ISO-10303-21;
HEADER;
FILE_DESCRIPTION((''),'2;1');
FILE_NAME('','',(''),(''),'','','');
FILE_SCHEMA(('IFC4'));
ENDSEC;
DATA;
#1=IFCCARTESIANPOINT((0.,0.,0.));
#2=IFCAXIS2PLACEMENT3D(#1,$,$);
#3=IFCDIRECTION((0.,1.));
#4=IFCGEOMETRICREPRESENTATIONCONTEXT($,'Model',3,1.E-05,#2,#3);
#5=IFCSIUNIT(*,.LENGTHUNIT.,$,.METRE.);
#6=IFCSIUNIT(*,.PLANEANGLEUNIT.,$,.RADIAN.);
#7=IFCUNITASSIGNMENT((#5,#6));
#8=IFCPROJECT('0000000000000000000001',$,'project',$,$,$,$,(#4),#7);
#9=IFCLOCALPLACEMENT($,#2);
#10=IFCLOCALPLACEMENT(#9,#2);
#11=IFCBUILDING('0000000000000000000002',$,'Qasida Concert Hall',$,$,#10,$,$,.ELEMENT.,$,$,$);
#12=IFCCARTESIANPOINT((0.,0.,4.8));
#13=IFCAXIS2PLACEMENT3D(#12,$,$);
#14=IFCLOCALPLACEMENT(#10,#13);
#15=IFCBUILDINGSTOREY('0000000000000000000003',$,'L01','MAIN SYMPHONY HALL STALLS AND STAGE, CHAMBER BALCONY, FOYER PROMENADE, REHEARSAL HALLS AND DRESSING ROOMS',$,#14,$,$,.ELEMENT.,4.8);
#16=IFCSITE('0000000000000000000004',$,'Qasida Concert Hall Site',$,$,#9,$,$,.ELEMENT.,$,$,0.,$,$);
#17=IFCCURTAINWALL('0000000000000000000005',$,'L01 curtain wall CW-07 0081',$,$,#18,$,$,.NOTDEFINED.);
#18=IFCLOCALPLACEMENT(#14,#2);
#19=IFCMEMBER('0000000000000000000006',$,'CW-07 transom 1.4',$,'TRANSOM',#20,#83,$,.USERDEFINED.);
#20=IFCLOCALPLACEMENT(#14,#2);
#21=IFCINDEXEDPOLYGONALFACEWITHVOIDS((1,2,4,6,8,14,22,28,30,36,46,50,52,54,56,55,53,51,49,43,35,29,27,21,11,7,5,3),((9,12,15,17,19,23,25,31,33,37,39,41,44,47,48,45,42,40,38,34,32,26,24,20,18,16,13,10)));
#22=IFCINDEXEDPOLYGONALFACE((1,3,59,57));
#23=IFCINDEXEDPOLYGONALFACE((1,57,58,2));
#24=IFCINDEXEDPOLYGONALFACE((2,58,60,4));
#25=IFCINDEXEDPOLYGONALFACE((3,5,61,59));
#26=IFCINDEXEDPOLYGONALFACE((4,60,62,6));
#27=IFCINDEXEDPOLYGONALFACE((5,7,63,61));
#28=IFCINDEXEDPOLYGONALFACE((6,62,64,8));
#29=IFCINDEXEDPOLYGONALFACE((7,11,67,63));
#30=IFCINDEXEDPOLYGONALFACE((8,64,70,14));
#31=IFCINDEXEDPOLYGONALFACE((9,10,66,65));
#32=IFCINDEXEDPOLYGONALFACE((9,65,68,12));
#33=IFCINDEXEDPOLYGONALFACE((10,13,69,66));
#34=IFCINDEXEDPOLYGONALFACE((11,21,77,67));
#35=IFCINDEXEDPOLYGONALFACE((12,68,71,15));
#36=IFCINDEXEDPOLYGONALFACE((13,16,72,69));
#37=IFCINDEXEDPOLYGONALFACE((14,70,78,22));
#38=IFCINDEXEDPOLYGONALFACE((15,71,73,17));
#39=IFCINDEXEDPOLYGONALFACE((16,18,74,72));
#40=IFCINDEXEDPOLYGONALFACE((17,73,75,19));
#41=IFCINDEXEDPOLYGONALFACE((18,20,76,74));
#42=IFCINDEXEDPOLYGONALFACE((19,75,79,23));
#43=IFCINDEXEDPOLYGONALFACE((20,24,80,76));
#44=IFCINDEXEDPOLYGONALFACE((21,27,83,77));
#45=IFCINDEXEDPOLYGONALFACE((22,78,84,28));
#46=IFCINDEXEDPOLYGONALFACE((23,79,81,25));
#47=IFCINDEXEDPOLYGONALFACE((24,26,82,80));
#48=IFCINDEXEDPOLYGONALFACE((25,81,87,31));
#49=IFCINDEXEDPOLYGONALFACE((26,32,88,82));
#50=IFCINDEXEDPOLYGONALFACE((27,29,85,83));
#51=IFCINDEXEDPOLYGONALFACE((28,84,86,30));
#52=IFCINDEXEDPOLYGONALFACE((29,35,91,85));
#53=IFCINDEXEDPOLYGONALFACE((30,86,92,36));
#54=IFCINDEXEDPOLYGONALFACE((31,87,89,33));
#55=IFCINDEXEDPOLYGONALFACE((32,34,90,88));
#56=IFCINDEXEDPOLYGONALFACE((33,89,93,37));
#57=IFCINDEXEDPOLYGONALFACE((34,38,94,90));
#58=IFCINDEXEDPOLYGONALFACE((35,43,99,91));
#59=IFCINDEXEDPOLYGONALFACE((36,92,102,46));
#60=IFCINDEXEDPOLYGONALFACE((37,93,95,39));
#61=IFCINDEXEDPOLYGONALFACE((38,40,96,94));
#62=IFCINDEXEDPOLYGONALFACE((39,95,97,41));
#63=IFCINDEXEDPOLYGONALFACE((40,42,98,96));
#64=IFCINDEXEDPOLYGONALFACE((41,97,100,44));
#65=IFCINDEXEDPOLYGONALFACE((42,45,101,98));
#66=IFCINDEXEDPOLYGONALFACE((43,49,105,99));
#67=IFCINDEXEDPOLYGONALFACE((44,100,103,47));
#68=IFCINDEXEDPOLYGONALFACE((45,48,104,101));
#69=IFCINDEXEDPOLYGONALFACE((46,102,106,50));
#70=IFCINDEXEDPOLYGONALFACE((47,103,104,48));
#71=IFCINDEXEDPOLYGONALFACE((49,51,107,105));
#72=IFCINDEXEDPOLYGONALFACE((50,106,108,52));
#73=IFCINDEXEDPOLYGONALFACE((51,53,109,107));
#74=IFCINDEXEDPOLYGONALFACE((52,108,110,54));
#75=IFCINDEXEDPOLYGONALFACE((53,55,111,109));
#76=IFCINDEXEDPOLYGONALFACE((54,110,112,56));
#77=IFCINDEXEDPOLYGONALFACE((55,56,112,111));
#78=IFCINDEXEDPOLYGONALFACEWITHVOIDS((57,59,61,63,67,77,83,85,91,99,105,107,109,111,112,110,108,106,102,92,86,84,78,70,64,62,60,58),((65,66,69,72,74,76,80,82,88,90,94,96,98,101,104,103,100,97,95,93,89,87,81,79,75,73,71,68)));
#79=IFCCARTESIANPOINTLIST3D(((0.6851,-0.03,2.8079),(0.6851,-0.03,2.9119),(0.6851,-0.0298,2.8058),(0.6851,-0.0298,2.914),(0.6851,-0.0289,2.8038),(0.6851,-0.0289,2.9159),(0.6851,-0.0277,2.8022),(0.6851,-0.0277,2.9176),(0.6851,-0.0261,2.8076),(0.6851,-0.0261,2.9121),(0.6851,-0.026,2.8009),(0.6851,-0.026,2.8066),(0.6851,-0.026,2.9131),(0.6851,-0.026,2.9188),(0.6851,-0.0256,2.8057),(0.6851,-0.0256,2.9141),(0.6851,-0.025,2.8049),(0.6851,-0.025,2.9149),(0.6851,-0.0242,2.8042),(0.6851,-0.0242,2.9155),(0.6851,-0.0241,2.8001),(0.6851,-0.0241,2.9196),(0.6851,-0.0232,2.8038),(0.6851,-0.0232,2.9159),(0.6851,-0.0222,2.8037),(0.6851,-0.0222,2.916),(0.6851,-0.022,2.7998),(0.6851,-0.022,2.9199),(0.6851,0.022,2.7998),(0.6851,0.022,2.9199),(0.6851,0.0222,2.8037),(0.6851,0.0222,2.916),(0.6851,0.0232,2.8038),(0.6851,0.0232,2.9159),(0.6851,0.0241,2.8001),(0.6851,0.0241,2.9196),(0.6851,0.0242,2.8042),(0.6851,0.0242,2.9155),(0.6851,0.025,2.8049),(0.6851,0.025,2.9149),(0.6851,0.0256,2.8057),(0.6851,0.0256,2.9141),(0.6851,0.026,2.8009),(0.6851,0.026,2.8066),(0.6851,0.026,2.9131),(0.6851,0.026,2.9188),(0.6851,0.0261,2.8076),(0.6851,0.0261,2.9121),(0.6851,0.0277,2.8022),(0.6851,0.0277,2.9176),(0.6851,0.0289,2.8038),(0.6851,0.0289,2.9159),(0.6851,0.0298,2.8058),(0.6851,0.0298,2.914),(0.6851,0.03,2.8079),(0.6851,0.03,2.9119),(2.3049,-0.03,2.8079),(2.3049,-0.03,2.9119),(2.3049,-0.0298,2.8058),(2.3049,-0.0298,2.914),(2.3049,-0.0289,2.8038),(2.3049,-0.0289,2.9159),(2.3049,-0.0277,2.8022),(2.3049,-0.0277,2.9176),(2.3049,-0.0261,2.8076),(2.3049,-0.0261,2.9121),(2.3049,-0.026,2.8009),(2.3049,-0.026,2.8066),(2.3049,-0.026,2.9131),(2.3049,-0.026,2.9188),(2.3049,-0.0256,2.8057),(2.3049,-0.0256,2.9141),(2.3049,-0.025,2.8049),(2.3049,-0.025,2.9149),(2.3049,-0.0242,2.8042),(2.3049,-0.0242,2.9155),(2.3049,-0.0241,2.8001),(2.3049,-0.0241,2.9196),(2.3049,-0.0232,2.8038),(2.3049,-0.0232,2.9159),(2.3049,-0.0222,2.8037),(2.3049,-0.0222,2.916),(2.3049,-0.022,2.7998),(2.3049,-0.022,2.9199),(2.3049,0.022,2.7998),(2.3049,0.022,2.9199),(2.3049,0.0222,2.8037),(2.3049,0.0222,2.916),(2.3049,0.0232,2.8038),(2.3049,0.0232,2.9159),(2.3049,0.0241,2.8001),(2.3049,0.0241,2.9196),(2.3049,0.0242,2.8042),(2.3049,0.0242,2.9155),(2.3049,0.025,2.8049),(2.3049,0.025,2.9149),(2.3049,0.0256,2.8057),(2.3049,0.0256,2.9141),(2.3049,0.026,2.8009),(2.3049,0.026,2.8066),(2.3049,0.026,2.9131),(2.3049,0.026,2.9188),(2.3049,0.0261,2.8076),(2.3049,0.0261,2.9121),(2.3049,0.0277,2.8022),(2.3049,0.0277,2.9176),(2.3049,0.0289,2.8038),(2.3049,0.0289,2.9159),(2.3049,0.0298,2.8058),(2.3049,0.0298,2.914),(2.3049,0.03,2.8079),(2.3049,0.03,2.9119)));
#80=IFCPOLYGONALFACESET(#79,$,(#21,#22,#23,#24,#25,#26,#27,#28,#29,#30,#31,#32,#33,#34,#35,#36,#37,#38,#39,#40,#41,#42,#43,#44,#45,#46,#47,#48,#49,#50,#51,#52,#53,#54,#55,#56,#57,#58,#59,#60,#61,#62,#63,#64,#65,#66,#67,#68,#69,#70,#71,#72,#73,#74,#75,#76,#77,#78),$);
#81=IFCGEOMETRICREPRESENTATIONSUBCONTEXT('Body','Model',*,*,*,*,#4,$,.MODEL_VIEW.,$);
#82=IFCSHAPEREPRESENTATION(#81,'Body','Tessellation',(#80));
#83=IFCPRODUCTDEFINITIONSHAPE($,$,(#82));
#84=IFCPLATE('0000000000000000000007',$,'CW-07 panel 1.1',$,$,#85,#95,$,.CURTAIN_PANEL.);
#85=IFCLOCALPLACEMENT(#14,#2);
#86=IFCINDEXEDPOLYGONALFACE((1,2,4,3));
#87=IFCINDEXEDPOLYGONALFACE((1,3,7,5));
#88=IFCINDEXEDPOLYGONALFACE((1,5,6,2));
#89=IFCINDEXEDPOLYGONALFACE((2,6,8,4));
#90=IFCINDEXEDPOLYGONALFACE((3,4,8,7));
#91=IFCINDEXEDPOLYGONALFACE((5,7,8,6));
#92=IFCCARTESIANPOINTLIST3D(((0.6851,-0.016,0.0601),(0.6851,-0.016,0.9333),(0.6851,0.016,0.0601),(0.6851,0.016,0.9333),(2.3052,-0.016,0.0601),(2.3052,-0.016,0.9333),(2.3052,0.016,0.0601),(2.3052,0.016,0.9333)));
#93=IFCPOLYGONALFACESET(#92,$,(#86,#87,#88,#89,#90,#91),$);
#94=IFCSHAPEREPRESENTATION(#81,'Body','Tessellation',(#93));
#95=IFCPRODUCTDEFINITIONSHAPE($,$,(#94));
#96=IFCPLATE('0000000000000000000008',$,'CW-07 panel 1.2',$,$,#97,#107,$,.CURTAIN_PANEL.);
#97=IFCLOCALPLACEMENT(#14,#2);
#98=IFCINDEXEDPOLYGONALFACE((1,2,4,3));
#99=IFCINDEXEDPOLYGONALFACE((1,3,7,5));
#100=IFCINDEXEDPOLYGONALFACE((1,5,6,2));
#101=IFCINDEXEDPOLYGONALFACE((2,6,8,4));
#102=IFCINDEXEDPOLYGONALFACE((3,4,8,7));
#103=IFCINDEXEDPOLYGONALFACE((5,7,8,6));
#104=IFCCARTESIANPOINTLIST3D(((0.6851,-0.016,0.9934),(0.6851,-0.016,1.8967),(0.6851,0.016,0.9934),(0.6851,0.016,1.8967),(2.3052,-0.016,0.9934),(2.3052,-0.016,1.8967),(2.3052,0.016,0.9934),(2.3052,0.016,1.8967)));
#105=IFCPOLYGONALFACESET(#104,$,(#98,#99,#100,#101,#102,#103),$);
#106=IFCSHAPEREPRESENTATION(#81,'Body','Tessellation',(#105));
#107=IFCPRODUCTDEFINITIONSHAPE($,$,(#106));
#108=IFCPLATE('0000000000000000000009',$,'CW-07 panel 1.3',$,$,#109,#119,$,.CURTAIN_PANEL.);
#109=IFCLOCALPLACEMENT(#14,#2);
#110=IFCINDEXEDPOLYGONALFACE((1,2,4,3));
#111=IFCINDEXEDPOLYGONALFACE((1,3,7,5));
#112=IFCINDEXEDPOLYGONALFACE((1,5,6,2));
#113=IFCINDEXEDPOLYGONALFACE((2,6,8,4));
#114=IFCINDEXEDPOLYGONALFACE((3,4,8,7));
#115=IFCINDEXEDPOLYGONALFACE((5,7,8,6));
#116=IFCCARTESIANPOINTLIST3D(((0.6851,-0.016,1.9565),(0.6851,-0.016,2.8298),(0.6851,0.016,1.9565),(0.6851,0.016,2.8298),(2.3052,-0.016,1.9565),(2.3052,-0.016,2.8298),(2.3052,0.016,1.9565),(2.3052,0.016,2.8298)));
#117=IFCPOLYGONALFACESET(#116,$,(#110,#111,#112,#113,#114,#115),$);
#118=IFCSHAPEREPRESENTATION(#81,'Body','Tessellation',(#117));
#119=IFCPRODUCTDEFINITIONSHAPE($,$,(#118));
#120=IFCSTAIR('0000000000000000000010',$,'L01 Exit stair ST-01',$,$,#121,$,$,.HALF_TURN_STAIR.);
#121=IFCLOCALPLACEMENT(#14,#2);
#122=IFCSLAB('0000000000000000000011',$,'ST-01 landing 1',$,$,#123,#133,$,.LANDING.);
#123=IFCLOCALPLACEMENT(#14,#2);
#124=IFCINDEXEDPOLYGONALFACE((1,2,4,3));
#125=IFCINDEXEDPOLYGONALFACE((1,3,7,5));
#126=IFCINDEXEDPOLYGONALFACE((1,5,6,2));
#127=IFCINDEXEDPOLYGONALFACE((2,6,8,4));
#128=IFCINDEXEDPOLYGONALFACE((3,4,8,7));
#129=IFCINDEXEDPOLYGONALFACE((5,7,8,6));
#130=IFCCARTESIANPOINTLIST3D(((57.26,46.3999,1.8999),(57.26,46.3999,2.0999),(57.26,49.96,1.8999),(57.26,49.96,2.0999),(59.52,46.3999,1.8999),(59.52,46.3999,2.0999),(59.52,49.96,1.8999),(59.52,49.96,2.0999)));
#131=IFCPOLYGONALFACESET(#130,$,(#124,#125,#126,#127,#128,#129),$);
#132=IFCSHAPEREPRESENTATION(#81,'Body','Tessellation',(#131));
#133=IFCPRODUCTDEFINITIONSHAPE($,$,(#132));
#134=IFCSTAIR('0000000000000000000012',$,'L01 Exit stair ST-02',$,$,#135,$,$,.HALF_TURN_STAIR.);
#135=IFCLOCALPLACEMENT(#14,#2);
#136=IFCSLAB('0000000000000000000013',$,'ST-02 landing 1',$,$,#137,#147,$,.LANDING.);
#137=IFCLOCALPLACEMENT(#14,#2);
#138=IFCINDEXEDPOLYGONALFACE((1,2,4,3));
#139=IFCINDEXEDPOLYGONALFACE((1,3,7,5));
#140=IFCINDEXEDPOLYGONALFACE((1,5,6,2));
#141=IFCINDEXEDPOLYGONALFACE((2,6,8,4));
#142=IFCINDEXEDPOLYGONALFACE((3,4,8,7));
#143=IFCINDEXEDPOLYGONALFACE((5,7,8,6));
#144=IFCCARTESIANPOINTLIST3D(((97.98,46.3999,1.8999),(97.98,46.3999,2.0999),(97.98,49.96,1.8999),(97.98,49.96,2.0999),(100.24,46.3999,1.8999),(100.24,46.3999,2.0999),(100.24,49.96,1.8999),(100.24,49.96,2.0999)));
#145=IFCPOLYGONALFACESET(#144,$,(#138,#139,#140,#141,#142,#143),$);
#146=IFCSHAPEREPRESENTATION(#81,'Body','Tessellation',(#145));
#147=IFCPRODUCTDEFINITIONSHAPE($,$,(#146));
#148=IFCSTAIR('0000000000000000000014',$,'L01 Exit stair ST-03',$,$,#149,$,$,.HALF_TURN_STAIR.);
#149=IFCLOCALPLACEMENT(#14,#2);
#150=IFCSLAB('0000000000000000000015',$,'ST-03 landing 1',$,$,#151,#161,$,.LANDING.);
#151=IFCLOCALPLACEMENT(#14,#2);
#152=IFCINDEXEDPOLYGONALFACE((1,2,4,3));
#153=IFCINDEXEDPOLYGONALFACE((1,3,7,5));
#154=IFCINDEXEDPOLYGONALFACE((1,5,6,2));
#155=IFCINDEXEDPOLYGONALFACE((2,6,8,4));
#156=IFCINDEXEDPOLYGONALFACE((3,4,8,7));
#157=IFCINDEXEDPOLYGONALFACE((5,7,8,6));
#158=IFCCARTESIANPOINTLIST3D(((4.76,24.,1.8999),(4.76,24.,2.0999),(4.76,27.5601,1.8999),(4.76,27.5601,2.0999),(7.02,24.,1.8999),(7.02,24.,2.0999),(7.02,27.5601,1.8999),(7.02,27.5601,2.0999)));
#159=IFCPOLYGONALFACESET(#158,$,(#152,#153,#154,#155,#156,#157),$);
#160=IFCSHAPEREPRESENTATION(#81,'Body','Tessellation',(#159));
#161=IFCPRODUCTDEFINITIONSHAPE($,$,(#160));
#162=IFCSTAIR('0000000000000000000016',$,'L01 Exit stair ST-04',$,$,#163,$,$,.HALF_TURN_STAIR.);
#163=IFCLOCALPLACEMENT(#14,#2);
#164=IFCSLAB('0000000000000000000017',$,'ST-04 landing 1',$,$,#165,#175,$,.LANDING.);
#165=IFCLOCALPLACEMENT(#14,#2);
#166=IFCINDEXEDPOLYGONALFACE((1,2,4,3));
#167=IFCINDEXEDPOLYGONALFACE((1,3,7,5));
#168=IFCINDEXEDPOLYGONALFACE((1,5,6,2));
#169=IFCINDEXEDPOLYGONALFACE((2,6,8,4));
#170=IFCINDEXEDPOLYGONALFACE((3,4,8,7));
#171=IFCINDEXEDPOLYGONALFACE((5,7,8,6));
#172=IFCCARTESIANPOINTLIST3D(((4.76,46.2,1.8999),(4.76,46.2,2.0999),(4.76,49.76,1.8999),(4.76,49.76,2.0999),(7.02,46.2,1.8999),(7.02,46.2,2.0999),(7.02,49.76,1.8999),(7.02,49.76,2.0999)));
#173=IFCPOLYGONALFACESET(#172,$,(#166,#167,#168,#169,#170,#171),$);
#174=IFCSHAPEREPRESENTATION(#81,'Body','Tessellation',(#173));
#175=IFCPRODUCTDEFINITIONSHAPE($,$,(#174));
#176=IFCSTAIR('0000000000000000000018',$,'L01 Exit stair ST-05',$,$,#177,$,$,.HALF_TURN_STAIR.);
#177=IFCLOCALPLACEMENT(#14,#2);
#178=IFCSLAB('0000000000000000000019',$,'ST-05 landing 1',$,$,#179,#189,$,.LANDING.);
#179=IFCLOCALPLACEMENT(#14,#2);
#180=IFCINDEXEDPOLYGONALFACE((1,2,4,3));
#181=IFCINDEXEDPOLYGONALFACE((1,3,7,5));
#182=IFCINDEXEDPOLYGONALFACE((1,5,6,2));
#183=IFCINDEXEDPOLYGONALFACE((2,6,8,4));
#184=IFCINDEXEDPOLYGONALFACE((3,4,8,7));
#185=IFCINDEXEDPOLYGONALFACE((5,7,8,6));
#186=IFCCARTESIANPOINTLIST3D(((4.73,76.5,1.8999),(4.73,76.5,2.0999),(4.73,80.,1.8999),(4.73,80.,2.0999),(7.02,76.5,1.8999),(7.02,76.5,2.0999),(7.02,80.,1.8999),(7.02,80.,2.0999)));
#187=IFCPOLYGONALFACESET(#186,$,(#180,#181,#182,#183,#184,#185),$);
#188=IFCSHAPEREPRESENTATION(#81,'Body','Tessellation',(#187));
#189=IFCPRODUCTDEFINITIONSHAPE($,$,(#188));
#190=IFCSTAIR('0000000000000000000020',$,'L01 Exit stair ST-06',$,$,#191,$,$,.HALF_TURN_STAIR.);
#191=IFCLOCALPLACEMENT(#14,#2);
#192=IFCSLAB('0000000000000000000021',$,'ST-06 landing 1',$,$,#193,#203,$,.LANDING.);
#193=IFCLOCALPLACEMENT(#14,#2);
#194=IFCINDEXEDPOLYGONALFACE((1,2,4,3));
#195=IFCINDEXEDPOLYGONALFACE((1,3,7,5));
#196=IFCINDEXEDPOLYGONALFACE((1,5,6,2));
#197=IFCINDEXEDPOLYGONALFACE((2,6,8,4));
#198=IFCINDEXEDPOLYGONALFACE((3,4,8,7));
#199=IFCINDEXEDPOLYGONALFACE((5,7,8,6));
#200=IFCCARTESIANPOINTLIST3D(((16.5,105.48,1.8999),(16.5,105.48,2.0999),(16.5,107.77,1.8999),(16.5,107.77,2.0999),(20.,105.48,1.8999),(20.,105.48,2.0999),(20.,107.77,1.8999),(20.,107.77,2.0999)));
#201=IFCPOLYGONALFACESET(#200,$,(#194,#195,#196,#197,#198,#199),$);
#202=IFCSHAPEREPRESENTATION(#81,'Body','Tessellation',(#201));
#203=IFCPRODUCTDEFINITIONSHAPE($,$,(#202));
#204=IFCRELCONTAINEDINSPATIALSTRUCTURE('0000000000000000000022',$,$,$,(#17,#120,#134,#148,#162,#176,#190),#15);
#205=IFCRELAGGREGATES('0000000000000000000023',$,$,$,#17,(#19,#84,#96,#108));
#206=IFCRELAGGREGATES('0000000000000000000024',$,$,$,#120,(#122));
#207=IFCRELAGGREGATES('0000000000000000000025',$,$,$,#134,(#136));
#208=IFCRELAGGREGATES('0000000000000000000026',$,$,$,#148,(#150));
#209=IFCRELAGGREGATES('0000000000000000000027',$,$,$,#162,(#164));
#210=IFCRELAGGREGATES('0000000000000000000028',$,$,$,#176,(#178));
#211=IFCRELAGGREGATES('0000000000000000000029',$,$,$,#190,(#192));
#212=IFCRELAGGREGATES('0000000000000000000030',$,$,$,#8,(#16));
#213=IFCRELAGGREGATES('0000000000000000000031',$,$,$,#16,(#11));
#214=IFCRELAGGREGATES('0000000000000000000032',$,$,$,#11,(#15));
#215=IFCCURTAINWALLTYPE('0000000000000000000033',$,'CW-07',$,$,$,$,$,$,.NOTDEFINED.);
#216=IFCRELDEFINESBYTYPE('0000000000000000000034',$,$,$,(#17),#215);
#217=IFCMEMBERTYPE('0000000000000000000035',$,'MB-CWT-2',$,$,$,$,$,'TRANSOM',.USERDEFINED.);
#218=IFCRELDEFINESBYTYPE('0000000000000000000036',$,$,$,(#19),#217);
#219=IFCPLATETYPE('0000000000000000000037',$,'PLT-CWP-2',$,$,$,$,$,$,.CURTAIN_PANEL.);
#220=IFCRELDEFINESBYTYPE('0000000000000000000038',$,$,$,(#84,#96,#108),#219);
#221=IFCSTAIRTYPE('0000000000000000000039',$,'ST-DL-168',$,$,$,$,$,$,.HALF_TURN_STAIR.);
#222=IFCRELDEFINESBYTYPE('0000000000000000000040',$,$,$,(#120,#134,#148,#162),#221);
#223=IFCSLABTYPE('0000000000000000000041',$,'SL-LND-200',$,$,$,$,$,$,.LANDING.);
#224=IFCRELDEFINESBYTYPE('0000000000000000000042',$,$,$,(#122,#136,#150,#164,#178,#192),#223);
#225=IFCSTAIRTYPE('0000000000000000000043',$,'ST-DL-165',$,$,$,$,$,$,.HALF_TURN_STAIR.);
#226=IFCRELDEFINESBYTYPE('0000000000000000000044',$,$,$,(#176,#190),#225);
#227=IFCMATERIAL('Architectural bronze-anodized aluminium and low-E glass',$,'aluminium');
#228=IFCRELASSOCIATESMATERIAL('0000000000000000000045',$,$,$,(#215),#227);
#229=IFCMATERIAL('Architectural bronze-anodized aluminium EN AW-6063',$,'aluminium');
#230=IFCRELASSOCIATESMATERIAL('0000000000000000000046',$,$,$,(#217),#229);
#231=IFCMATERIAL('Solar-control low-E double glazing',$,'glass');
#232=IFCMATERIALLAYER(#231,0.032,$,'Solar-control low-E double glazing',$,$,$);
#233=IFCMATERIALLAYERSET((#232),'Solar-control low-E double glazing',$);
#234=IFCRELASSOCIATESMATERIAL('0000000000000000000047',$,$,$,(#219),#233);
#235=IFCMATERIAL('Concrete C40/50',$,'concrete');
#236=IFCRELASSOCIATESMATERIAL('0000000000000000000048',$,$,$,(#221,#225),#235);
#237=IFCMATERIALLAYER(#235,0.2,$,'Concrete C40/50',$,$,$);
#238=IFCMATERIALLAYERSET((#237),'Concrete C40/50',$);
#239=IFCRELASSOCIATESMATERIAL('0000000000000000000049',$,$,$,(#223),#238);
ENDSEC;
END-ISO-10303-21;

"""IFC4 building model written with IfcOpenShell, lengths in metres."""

from ifc_helpers import new_model, si_unit, direction, frame, origin, origin_2d, place, context, subcontext, project, spatial, polyline, rectangle, hollow_rectangle, outline, extrude, material, layer, layer_set, material_profile, profile_set, type_object, element, aggregate, save


model = new_model("IFC4")

# Units and contexts
model_context = context("Model", 3, precision=1e-05, world=origin(), true_north=direction((0.0, 1.0)))
body_context = subcontext(model_context, "Body", "Model", "MODEL_VIEW")
ifc_project = project(units=[si_unit("LENGTHUNIT", "METRE"), si_unit("PLANEANGLEUNIT", "RADIAN")], contexts=[model_context])

# Site, building, storey
site_placement = place(None, origin())
site = spatial("IfcSite", under=ifc_project, at=site_placement, Name="Qasida Concert Hall Site", CompositionType="ELEMENT", RefElevation=0.0)
building_placement = place(site_placement, origin())
building = spatial("IfcBuilding", under=site, at=building_placement, Name="Qasida Concert Hall", CompositionType="ELEMENT")
storey_placement = place(building_placement, frame((0.0, 0.0, 4.8)))
storey = spatial("IfcBuildingStorey", under=building, at=storey_placement, Name="L01", Description="MAIN SYMPHONY HALL STALLS AND STAGE, CHAMBER BALCONY, FOYER PROMENADE, REHEARSAL HALLS AND DRESSING ROOMS", CompositionType="ELEMENT", Elevation=4.8)

# Shared definitions
ifc_material_1 = material(Name="Concrete C40/50", Category="concrete")

# Curtain wall, member, plates
ifc_material_2 = material(Name="Architectural bronze-anodized aluminium and low-E glass", Category="aluminium")
curtain_wall_type = type_object("IfcCurtainWallType", Name="CW-07", PredefinedType="NOTDEFINED", material=ifc_material_2)
curtain_wall_placement = place(storey_placement, origin())
curtain_wall = element("IfcCurtainWall", 1, at=curtain_wall_placement, inside=storey, type_object=curtain_wall_type, Name="L01 curtain wall CW-07 0081", PredefinedType="NOTDEFINED")
ifc_material_3 = material(Name="Architectural bronze-anodized aluminium EN AW-6063", Category="aluminium")
ifc_material_profile_1 = material_profile(ifc_material_3, hollow_rectangle(XDim=0.0601, YDim=0.1201, WallThickness=0.0039, InnerFilletRadius=0.0039, OuterFilletRadius=0.0081, at=origin_2d()), Name="CWT 120x60x4")
ifc_profile_set_1 = profile_set([ifc_material_profile_1], Name="Architectural bronze-anodized aluminium EN AW-6063")
member_type_1 = type_object("IfcMemberType", Name="MB-CWT-2", ElementType="TRANSOM", PredefinedType="USERDEFINED", material=ifc_profile_set_1)
member_1_placement = place(storey_placement, frame((0.6851, 0.0, 2.8599), z_axis=(1.0, 0.0, 0.0), x_axis=(0.0, 1.0, 0.0)))
member_1 = element("IfcMember", 2, at=member_1_placement, type_object=member_type_1, Name="CW-07 transom 1.4", ObjectType="TRANSOM", PredefinedType="USERDEFINED", context=body_context, shape_type="SweptSolid", body=[
    extrude(hollow_rectangle(XDim=0.0601, YDim=0.1201, WallThickness=0.0039, InnerFilletRadius=0.0039, OuterFilletRadius=0.0081, at=origin_2d()), origin(), (0.0, 0.0, 1.0), 1.6199),
])
ifc_material_4 = material(Name="Solar-control low-E double glazing", Category="glass")
ifc_layer_1 = layer(ifc_material_4, 0.032, Name="Solar-control low-E double glazing")
ifc_layer_set_1 = layer_set([ifc_layer_1], Name="Solar-control low-E double glazing")
plate_type = type_object("IfcPlateType", Name="PLT-CWP-2", PredefinedType="CURTAIN_PANEL", material=ifc_layer_set_1)
plate_1_placement = place(storey_placement, frame((1.4951, 0.0, 0.0601), z_axis=(0.0, 0.0, 1.0), x_axis=(1.0, 0.0, 0.0)))
plate_1 = element("IfcPlate", 3, at=plate_1_placement, type_object=plate_type, Name="CW-07 panel 1.1", PredefinedType="CURTAIN_PANEL", context=body_context, shape_type="SweptSolid", body=[
    extrude(rectangle(XDim=1.6201, YDim=0.032, at=origin_2d()), origin(), (0.0, 0.0, 1.0), 0.8733),
])
plate_2_placement = place(storey_placement, frame((1.4951, 0.0, 0.9934), z_axis=(0.0, 0.0, 1.0), x_axis=(1.0, 0.0, 0.0)))
plate_2 = element("IfcPlate", 4, at=plate_2_placement, type_object=plate_type, Name="CW-07 panel 1.2", PredefinedType="CURTAIN_PANEL", context=body_context, shape_type="SweptSolid", body=[
    extrude(rectangle(XDim=1.6201, YDim=0.032, at=origin_2d()), origin(), (0.0, 0.0, 1.0), 0.9033),
])
plate_3_placement = place(storey_placement, frame((1.4951, 0.0, 1.9565), z_axis=(0.0, 0.0, 1.0), x_axis=(1.0, 0.0, 0.0)))
plate_3 = element("IfcPlate", 5, at=plate_3_placement, type_object=plate_type, Name="CW-07 panel 1.3", PredefinedType="CURTAIN_PANEL", context=body_context, shape_type="SweptSolid", body=[
    extrude(rectangle(XDim=1.6201, YDim=0.032, at=origin_2d()), origin(), (0.0, 0.0, 1.0), 0.8733),
])
aggregate(curtain_wall, [member_1, plate_1, plate_2, plate_3])

# Stairs, slabs
stair_type_1 = type_object("IfcStairType", Name="ST-DL-168", PredefinedType="HALF_TURN_STAIR", material=ifc_material_1)
stair_1_placement = place(storey_placement, origin())
stair_1 = element("IfcStair", 6, at=stair_1_placement, inside=storey, type_object=stair_type_1, Name="L01 Exit stair ST-01", PredefinedType="HALF_TURN_STAIR")
ifc_layer_2 = layer(ifc_material_1, 0.2, Name="Concrete C40/50")
ifc_layer_set_2 = layer_set([ifc_layer_2], Name="Concrete C40/50")
slab_type = type_object("IfcSlabType", Name="SL-LND-200", PredefinedType="LANDING", material=ifc_layer_set_2)
slab_1_placement = place(storey_placement, frame((0.0, 0.0, 1.8999)))
slab_1 = element("IfcSlab", 7, at=slab_1_placement, type_object=slab_type, Name="ST-01 landing 1", PredefinedType="LANDING", context=body_context, shape_type="SweptSolid", body=[
    extrude(outline(polyline([(57.26, 46.3999), (59.52, 46.3999), (59.52, 49.96), (57.26, 49.96), (57.26, 46.3999)])), origin(), (0.0, 0.0, 1.0), 0.2),
])
aggregate(stair_1, [slab_1])
stair_2_placement = place(storey_placement, origin())
stair_2 = element("IfcStair", 8, at=stair_2_placement, inside=storey, type_object=stair_type_1, Name="L01 Exit stair ST-02", PredefinedType="HALF_TURN_STAIR")
slab_2_placement = place(storey_placement, frame((0.0, 0.0, 1.8999)))
slab_2 = element("IfcSlab", 9, at=slab_2_placement, type_object=slab_type, Name="ST-02 landing 1", PredefinedType="LANDING", context=body_context, shape_type="SweptSolid", body=[
    extrude(outline(polyline([(100.24, 49.96), (97.98, 49.96), (97.98, 46.3999), (100.24, 46.3999), (100.24, 49.96)])), origin(), (0.0, 0.0, 1.0), 0.2),
])
aggregate(stair_2, [slab_2])
stair_3_placement = place(storey_placement, origin())
stair_3 = element("IfcStair", 10, at=stair_3_placement, inside=storey, type_object=stair_type_1, Name="L01 Exit stair ST-03", PredefinedType="HALF_TURN_STAIR")
slab_3_placement = place(storey_placement, frame((0.0, 0.0, 1.8999)))
slab_3 = element("IfcSlab", 11, at=slab_3_placement, type_object=slab_type, Name="ST-03 landing 1", PredefinedType="LANDING", context=body_context, shape_type="SweptSolid", body=[
    extrude(outline(polyline([(4.76, 24.0), (7.02, 24.0), (7.02, 27.5601), (4.76, 27.5601), (4.76, 24.0)])), origin(), (0.0, 0.0, 1.0), 0.2),
])
aggregate(stair_3, [slab_3])
stair_4_placement = place(storey_placement, origin())
stair_4 = element("IfcStair", 12, at=stair_4_placement, inside=storey, type_object=stair_type_1, Name="L01 Exit stair ST-04", PredefinedType="HALF_TURN_STAIR")
slab_4_placement = place(storey_placement, frame((0.0, 0.0, 1.8999)))
slab_4 = element("IfcSlab", 13, at=slab_4_placement, type_object=slab_type, Name="ST-04 landing 1", PredefinedType="LANDING", context=body_context, shape_type="SweptSolid", body=[
    extrude(outline(polyline([(4.76, 46.2), (7.02, 46.2), (7.02, 49.76), (4.76, 49.76), (4.76, 46.2)])), origin(), (0.0, 0.0, 1.0), 0.2),
])
aggregate(stair_4, [slab_4])
stair_type_2 = type_object("IfcStairType", Name="ST-DL-165", PredefinedType="HALF_TURN_STAIR", material=ifc_material_1)
stair_5_placement = place(storey_placement, origin())
stair_5 = element("IfcStair", 14, at=stair_5_placement, inside=storey, type_object=stair_type_2, Name="L01 Exit stair ST-05", PredefinedType="HALF_TURN_STAIR")
slab_5_placement = place(storey_placement, frame((0.0, 0.0, 1.8999)))
slab_5 = element("IfcSlab", 15, at=slab_5_placement, type_object=slab_type, Name="ST-05 landing 1", PredefinedType="LANDING", context=body_context, shape_type="SweptSolid", body=[
    extrude(outline(polyline([(4.73, 76.5), (7.02, 76.5), (7.02, 80.0), (4.73, 80.0), (4.73, 76.5)])), origin(), (0.0, 0.0, 1.0), 0.2),
])
aggregate(stair_5, [slab_5])
stair_6_placement = place(storey_placement, origin())
stair_6 = element("IfcStair", 16, at=stair_6_placement, inside=storey, type_object=stair_type_2, Name="L01 Exit stair ST-06", PredefinedType="HALF_TURN_STAIR")
slab_6_placement = place(storey_placement, frame((0.0, 0.0, 1.8999)))
slab_6 = element("IfcSlab", 17, at=slab_6_placement, type_object=slab_type, Name="ST-06 landing 1", PredefinedType="LANDING", context=body_context, shape_type="SweptSolid", body=[
    extrude(outline(polyline([(16.5, 107.77), (16.5, 105.48), (20.0, 105.48), (20.0, 107.77), (16.5, 107.77)])), origin(), (0.0, 0.0, 1.0), 0.2),
])
aggregate(stair_6, [slab_6])

save(model, "model.ifc")
